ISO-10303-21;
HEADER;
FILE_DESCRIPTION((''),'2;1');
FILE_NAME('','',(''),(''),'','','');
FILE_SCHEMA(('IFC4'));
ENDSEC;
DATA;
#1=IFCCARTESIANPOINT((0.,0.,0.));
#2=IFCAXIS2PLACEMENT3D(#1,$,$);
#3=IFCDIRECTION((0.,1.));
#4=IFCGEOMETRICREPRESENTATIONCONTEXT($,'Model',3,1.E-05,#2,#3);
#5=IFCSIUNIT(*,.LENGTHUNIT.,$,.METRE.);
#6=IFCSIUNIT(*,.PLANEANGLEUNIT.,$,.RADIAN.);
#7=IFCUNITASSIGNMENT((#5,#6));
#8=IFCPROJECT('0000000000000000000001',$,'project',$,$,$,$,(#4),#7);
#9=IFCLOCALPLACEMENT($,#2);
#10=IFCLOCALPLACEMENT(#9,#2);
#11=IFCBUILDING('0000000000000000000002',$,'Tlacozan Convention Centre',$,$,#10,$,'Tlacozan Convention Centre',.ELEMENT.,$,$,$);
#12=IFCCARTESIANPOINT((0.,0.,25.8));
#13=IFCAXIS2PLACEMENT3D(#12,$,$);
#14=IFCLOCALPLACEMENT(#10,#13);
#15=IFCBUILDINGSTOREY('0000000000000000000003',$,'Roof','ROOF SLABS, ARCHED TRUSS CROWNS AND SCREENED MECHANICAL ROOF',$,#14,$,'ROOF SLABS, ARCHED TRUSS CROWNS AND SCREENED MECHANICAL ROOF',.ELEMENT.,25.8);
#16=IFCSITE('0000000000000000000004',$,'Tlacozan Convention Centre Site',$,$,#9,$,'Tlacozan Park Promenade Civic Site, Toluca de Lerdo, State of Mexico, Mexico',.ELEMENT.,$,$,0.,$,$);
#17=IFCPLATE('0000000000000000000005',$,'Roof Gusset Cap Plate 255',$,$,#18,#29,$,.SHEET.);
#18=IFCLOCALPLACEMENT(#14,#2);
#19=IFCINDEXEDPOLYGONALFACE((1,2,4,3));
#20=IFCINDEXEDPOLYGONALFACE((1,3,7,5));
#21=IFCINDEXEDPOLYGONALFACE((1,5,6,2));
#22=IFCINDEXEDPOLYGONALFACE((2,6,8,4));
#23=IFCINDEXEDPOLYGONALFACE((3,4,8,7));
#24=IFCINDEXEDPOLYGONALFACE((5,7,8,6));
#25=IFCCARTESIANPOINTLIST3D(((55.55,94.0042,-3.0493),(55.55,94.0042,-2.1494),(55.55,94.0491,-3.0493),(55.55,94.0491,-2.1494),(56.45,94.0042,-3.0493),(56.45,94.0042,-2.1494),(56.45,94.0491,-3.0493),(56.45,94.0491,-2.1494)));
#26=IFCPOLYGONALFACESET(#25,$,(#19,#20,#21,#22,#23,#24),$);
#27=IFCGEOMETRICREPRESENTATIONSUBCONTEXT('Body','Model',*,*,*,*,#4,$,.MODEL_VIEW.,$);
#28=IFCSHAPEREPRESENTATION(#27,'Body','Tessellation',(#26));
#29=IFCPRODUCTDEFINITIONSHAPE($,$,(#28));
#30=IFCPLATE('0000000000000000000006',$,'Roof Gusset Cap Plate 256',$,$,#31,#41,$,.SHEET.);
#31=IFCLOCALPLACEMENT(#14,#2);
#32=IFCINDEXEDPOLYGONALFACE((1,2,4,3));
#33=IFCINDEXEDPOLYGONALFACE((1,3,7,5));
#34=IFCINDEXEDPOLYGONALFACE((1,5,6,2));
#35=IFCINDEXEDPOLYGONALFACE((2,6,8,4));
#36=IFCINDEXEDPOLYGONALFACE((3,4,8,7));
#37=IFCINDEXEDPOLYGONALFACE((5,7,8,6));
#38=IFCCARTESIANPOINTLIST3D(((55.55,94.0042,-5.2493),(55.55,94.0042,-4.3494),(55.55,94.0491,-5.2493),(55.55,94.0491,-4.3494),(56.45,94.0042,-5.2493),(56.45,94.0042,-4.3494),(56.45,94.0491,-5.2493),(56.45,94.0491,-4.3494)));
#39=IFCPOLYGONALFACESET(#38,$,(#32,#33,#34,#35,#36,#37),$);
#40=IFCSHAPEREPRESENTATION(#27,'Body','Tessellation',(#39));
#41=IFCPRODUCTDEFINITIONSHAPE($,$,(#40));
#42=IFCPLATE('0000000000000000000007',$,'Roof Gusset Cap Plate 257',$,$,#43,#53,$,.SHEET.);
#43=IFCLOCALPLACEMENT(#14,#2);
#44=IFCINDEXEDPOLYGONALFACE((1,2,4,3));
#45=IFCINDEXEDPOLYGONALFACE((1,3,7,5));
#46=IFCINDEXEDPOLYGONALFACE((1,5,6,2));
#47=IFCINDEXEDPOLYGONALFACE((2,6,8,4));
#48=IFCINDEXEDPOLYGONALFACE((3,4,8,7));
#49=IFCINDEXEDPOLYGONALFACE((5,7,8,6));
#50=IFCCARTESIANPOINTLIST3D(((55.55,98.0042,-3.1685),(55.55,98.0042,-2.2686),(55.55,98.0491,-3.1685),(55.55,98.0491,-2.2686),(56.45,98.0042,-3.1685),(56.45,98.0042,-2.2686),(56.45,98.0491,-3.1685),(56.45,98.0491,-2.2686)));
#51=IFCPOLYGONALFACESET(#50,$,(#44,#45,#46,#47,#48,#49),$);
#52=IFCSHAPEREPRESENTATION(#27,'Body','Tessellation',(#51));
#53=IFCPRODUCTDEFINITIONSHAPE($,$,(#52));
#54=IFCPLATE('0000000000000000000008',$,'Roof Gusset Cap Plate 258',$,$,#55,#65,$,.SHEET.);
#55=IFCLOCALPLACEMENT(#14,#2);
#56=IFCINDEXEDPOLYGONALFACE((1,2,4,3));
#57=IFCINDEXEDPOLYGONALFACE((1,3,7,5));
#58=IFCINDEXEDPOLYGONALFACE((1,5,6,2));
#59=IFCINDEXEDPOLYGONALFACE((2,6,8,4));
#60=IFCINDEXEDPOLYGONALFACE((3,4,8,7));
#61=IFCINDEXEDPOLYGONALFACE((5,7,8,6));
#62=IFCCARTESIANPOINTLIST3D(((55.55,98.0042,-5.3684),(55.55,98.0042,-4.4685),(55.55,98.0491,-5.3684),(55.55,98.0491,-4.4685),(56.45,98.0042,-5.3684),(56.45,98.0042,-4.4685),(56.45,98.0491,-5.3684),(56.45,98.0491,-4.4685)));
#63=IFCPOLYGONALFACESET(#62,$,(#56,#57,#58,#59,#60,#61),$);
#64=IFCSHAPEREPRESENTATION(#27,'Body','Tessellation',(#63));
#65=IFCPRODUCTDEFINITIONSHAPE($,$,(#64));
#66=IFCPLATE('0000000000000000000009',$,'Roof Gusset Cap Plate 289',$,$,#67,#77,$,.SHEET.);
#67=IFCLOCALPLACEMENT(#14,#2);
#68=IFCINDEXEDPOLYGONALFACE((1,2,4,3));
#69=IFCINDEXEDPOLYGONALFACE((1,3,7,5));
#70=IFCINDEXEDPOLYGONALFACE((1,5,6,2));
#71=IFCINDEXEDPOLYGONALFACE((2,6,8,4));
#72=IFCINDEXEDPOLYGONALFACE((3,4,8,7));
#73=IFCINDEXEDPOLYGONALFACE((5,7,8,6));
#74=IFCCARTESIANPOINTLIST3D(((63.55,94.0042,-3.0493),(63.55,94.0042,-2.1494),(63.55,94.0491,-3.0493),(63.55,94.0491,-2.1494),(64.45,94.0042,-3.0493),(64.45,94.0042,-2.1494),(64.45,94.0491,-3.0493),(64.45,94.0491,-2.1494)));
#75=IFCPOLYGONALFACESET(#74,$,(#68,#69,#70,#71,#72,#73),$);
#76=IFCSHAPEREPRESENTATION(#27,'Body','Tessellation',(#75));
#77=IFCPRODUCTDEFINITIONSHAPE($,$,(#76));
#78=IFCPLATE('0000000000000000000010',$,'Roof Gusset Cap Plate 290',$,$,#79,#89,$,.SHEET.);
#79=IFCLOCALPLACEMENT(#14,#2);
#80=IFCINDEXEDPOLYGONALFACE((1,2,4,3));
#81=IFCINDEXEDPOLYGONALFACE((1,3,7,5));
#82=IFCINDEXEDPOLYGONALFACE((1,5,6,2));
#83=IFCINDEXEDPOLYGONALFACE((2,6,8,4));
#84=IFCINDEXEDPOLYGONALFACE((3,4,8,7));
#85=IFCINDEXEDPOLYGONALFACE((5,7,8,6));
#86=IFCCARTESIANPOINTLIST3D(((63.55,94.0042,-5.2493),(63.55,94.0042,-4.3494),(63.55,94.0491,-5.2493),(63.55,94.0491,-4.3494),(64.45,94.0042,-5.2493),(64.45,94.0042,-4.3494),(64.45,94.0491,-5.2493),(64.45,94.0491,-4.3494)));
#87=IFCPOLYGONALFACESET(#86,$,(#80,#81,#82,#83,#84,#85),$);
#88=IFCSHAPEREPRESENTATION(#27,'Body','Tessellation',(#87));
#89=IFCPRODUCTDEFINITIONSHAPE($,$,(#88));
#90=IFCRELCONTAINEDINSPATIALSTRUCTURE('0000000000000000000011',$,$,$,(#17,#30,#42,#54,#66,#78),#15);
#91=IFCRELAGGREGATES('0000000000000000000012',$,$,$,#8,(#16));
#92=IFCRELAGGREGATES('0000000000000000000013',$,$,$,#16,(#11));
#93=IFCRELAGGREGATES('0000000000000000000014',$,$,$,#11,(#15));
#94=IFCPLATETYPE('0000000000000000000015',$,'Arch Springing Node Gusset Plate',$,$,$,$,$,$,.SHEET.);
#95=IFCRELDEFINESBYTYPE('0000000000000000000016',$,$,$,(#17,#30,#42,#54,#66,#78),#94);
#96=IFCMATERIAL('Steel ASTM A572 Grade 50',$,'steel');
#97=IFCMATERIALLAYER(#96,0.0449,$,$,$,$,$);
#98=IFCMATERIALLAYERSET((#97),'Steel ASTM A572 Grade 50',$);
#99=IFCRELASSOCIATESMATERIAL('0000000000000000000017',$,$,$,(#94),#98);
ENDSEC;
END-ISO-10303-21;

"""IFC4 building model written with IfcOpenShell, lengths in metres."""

from ifc_helpers import new_model, si_unit, direction, frame, origin, origin_2d, place, context, subcontext, project, spatial, rectangle, extrude, material, layer, layer_set, type_object, element, save


model = new_model("IFC4")

# Units and contexts
model_context = context("Model", 3, precision=1e-05, world=origin(), true_north=direction((0.0, 1.0)))
body_context = subcontext(model_context, "Body", "Model", "MODEL_VIEW")
ifc_project = project(units=[si_unit("LENGTHUNIT", "METRE"), si_unit("PLANEANGLEUNIT", "RADIAN")], contexts=[model_context])

# Site, building, storey
site_placement = place(None, origin())
site = spatial("IfcSite", under=ifc_project, at=site_placement, Name="Tlacozan Convention Centre Site", LongName="Tlacozan Park Promenade Civic Site, Toluca de Lerdo, State of Mexico, Mexico", CompositionType="ELEMENT", RefElevation=0.0)
building_placement = place(site_placement, origin())
building = spatial("IfcBuilding", under=site, at=building_placement, Name="Tlacozan Convention Centre", LongName="Tlacozan Convention Centre", CompositionType="ELEMENT")
storey_placement = place(building_placement, frame((0.0, 0.0, 25.8)))
storey = spatial("IfcBuildingStorey", under=building, at=storey_placement, Name="Roof", Description="ROOF SLABS, ARCHED TRUSS CROWNS AND SCREENED MECHANICAL ROOF", LongName="ROOF SLABS, ARCHED TRUSS CROWNS AND SCREENED MECHANICAL ROOF", CompositionType="ELEMENT", Elevation=25.8)

# Plates
ifc_material_1 = material(Name="Steel ASTM A572 Grade 50", Category="steel")
ifc_layer = layer(ifc_material_1, 0.0449)
ifc_layer_set = layer_set([ifc_layer], Name="Steel ASTM A572 Grade 50")
plate_type = type_object("IfcPlateType", Name="Arch Springing Node Gusset Plate", PredefinedType="SHEET", material=ifc_layer_set)
for number, where, z_axis, x_axis, name in (
    (1, (56.0, 94.0266, -3.0493), (0.0, 0.0, 1.0), (0.0, 1.0, 0.0), "Roof Gusset Cap Plate 255"),
    (2, (56.0, 94.0266, -5.2493), (0.0, 0.0, 1.0), (0.0, 1.0, 0.0), "Roof Gusset Cap Plate 256"),
    (3, (56.0, 98.0266, -3.1685), (0.0, 0.0, 1.0), (0.0, 1.0, 0.0), "Roof Gusset Cap Plate 257"),
    (4, (56.0, 98.0266, -5.3684), (0.0, 0.0, 1.0), (0.0, 1.0, 0.0), "Roof Gusset Cap Plate 258"),
    (5, (64.0, 94.0266, -3.0493), (0.0, 0.0, 1.0), (0.0, 1.0, 0.0), "Roof Gusset Cap Plate 289"),
    (6, (64.0, 94.0266, -5.2493), (0.0, 0.0, 1.0), (0.0, 1.0, 0.0), "Roof Gusset Cap Plate 290"),
):
    element("IfcPlate", number, at=place(storey_placement, frame(where, z_axis=z_axis, x_axis=x_axis)), inside=storey, type_object=plate_type, Name=name, PredefinedType="SHEET", context=body_context, shape_type="SweptSolid", body=[
        extrude(rectangle(XDim=0.0449, YDim=0.8999, at=origin_2d()), origin(), (0.0, 0.0, 1.0), 0.8999),
    ])

save(model, "model.ifc")
